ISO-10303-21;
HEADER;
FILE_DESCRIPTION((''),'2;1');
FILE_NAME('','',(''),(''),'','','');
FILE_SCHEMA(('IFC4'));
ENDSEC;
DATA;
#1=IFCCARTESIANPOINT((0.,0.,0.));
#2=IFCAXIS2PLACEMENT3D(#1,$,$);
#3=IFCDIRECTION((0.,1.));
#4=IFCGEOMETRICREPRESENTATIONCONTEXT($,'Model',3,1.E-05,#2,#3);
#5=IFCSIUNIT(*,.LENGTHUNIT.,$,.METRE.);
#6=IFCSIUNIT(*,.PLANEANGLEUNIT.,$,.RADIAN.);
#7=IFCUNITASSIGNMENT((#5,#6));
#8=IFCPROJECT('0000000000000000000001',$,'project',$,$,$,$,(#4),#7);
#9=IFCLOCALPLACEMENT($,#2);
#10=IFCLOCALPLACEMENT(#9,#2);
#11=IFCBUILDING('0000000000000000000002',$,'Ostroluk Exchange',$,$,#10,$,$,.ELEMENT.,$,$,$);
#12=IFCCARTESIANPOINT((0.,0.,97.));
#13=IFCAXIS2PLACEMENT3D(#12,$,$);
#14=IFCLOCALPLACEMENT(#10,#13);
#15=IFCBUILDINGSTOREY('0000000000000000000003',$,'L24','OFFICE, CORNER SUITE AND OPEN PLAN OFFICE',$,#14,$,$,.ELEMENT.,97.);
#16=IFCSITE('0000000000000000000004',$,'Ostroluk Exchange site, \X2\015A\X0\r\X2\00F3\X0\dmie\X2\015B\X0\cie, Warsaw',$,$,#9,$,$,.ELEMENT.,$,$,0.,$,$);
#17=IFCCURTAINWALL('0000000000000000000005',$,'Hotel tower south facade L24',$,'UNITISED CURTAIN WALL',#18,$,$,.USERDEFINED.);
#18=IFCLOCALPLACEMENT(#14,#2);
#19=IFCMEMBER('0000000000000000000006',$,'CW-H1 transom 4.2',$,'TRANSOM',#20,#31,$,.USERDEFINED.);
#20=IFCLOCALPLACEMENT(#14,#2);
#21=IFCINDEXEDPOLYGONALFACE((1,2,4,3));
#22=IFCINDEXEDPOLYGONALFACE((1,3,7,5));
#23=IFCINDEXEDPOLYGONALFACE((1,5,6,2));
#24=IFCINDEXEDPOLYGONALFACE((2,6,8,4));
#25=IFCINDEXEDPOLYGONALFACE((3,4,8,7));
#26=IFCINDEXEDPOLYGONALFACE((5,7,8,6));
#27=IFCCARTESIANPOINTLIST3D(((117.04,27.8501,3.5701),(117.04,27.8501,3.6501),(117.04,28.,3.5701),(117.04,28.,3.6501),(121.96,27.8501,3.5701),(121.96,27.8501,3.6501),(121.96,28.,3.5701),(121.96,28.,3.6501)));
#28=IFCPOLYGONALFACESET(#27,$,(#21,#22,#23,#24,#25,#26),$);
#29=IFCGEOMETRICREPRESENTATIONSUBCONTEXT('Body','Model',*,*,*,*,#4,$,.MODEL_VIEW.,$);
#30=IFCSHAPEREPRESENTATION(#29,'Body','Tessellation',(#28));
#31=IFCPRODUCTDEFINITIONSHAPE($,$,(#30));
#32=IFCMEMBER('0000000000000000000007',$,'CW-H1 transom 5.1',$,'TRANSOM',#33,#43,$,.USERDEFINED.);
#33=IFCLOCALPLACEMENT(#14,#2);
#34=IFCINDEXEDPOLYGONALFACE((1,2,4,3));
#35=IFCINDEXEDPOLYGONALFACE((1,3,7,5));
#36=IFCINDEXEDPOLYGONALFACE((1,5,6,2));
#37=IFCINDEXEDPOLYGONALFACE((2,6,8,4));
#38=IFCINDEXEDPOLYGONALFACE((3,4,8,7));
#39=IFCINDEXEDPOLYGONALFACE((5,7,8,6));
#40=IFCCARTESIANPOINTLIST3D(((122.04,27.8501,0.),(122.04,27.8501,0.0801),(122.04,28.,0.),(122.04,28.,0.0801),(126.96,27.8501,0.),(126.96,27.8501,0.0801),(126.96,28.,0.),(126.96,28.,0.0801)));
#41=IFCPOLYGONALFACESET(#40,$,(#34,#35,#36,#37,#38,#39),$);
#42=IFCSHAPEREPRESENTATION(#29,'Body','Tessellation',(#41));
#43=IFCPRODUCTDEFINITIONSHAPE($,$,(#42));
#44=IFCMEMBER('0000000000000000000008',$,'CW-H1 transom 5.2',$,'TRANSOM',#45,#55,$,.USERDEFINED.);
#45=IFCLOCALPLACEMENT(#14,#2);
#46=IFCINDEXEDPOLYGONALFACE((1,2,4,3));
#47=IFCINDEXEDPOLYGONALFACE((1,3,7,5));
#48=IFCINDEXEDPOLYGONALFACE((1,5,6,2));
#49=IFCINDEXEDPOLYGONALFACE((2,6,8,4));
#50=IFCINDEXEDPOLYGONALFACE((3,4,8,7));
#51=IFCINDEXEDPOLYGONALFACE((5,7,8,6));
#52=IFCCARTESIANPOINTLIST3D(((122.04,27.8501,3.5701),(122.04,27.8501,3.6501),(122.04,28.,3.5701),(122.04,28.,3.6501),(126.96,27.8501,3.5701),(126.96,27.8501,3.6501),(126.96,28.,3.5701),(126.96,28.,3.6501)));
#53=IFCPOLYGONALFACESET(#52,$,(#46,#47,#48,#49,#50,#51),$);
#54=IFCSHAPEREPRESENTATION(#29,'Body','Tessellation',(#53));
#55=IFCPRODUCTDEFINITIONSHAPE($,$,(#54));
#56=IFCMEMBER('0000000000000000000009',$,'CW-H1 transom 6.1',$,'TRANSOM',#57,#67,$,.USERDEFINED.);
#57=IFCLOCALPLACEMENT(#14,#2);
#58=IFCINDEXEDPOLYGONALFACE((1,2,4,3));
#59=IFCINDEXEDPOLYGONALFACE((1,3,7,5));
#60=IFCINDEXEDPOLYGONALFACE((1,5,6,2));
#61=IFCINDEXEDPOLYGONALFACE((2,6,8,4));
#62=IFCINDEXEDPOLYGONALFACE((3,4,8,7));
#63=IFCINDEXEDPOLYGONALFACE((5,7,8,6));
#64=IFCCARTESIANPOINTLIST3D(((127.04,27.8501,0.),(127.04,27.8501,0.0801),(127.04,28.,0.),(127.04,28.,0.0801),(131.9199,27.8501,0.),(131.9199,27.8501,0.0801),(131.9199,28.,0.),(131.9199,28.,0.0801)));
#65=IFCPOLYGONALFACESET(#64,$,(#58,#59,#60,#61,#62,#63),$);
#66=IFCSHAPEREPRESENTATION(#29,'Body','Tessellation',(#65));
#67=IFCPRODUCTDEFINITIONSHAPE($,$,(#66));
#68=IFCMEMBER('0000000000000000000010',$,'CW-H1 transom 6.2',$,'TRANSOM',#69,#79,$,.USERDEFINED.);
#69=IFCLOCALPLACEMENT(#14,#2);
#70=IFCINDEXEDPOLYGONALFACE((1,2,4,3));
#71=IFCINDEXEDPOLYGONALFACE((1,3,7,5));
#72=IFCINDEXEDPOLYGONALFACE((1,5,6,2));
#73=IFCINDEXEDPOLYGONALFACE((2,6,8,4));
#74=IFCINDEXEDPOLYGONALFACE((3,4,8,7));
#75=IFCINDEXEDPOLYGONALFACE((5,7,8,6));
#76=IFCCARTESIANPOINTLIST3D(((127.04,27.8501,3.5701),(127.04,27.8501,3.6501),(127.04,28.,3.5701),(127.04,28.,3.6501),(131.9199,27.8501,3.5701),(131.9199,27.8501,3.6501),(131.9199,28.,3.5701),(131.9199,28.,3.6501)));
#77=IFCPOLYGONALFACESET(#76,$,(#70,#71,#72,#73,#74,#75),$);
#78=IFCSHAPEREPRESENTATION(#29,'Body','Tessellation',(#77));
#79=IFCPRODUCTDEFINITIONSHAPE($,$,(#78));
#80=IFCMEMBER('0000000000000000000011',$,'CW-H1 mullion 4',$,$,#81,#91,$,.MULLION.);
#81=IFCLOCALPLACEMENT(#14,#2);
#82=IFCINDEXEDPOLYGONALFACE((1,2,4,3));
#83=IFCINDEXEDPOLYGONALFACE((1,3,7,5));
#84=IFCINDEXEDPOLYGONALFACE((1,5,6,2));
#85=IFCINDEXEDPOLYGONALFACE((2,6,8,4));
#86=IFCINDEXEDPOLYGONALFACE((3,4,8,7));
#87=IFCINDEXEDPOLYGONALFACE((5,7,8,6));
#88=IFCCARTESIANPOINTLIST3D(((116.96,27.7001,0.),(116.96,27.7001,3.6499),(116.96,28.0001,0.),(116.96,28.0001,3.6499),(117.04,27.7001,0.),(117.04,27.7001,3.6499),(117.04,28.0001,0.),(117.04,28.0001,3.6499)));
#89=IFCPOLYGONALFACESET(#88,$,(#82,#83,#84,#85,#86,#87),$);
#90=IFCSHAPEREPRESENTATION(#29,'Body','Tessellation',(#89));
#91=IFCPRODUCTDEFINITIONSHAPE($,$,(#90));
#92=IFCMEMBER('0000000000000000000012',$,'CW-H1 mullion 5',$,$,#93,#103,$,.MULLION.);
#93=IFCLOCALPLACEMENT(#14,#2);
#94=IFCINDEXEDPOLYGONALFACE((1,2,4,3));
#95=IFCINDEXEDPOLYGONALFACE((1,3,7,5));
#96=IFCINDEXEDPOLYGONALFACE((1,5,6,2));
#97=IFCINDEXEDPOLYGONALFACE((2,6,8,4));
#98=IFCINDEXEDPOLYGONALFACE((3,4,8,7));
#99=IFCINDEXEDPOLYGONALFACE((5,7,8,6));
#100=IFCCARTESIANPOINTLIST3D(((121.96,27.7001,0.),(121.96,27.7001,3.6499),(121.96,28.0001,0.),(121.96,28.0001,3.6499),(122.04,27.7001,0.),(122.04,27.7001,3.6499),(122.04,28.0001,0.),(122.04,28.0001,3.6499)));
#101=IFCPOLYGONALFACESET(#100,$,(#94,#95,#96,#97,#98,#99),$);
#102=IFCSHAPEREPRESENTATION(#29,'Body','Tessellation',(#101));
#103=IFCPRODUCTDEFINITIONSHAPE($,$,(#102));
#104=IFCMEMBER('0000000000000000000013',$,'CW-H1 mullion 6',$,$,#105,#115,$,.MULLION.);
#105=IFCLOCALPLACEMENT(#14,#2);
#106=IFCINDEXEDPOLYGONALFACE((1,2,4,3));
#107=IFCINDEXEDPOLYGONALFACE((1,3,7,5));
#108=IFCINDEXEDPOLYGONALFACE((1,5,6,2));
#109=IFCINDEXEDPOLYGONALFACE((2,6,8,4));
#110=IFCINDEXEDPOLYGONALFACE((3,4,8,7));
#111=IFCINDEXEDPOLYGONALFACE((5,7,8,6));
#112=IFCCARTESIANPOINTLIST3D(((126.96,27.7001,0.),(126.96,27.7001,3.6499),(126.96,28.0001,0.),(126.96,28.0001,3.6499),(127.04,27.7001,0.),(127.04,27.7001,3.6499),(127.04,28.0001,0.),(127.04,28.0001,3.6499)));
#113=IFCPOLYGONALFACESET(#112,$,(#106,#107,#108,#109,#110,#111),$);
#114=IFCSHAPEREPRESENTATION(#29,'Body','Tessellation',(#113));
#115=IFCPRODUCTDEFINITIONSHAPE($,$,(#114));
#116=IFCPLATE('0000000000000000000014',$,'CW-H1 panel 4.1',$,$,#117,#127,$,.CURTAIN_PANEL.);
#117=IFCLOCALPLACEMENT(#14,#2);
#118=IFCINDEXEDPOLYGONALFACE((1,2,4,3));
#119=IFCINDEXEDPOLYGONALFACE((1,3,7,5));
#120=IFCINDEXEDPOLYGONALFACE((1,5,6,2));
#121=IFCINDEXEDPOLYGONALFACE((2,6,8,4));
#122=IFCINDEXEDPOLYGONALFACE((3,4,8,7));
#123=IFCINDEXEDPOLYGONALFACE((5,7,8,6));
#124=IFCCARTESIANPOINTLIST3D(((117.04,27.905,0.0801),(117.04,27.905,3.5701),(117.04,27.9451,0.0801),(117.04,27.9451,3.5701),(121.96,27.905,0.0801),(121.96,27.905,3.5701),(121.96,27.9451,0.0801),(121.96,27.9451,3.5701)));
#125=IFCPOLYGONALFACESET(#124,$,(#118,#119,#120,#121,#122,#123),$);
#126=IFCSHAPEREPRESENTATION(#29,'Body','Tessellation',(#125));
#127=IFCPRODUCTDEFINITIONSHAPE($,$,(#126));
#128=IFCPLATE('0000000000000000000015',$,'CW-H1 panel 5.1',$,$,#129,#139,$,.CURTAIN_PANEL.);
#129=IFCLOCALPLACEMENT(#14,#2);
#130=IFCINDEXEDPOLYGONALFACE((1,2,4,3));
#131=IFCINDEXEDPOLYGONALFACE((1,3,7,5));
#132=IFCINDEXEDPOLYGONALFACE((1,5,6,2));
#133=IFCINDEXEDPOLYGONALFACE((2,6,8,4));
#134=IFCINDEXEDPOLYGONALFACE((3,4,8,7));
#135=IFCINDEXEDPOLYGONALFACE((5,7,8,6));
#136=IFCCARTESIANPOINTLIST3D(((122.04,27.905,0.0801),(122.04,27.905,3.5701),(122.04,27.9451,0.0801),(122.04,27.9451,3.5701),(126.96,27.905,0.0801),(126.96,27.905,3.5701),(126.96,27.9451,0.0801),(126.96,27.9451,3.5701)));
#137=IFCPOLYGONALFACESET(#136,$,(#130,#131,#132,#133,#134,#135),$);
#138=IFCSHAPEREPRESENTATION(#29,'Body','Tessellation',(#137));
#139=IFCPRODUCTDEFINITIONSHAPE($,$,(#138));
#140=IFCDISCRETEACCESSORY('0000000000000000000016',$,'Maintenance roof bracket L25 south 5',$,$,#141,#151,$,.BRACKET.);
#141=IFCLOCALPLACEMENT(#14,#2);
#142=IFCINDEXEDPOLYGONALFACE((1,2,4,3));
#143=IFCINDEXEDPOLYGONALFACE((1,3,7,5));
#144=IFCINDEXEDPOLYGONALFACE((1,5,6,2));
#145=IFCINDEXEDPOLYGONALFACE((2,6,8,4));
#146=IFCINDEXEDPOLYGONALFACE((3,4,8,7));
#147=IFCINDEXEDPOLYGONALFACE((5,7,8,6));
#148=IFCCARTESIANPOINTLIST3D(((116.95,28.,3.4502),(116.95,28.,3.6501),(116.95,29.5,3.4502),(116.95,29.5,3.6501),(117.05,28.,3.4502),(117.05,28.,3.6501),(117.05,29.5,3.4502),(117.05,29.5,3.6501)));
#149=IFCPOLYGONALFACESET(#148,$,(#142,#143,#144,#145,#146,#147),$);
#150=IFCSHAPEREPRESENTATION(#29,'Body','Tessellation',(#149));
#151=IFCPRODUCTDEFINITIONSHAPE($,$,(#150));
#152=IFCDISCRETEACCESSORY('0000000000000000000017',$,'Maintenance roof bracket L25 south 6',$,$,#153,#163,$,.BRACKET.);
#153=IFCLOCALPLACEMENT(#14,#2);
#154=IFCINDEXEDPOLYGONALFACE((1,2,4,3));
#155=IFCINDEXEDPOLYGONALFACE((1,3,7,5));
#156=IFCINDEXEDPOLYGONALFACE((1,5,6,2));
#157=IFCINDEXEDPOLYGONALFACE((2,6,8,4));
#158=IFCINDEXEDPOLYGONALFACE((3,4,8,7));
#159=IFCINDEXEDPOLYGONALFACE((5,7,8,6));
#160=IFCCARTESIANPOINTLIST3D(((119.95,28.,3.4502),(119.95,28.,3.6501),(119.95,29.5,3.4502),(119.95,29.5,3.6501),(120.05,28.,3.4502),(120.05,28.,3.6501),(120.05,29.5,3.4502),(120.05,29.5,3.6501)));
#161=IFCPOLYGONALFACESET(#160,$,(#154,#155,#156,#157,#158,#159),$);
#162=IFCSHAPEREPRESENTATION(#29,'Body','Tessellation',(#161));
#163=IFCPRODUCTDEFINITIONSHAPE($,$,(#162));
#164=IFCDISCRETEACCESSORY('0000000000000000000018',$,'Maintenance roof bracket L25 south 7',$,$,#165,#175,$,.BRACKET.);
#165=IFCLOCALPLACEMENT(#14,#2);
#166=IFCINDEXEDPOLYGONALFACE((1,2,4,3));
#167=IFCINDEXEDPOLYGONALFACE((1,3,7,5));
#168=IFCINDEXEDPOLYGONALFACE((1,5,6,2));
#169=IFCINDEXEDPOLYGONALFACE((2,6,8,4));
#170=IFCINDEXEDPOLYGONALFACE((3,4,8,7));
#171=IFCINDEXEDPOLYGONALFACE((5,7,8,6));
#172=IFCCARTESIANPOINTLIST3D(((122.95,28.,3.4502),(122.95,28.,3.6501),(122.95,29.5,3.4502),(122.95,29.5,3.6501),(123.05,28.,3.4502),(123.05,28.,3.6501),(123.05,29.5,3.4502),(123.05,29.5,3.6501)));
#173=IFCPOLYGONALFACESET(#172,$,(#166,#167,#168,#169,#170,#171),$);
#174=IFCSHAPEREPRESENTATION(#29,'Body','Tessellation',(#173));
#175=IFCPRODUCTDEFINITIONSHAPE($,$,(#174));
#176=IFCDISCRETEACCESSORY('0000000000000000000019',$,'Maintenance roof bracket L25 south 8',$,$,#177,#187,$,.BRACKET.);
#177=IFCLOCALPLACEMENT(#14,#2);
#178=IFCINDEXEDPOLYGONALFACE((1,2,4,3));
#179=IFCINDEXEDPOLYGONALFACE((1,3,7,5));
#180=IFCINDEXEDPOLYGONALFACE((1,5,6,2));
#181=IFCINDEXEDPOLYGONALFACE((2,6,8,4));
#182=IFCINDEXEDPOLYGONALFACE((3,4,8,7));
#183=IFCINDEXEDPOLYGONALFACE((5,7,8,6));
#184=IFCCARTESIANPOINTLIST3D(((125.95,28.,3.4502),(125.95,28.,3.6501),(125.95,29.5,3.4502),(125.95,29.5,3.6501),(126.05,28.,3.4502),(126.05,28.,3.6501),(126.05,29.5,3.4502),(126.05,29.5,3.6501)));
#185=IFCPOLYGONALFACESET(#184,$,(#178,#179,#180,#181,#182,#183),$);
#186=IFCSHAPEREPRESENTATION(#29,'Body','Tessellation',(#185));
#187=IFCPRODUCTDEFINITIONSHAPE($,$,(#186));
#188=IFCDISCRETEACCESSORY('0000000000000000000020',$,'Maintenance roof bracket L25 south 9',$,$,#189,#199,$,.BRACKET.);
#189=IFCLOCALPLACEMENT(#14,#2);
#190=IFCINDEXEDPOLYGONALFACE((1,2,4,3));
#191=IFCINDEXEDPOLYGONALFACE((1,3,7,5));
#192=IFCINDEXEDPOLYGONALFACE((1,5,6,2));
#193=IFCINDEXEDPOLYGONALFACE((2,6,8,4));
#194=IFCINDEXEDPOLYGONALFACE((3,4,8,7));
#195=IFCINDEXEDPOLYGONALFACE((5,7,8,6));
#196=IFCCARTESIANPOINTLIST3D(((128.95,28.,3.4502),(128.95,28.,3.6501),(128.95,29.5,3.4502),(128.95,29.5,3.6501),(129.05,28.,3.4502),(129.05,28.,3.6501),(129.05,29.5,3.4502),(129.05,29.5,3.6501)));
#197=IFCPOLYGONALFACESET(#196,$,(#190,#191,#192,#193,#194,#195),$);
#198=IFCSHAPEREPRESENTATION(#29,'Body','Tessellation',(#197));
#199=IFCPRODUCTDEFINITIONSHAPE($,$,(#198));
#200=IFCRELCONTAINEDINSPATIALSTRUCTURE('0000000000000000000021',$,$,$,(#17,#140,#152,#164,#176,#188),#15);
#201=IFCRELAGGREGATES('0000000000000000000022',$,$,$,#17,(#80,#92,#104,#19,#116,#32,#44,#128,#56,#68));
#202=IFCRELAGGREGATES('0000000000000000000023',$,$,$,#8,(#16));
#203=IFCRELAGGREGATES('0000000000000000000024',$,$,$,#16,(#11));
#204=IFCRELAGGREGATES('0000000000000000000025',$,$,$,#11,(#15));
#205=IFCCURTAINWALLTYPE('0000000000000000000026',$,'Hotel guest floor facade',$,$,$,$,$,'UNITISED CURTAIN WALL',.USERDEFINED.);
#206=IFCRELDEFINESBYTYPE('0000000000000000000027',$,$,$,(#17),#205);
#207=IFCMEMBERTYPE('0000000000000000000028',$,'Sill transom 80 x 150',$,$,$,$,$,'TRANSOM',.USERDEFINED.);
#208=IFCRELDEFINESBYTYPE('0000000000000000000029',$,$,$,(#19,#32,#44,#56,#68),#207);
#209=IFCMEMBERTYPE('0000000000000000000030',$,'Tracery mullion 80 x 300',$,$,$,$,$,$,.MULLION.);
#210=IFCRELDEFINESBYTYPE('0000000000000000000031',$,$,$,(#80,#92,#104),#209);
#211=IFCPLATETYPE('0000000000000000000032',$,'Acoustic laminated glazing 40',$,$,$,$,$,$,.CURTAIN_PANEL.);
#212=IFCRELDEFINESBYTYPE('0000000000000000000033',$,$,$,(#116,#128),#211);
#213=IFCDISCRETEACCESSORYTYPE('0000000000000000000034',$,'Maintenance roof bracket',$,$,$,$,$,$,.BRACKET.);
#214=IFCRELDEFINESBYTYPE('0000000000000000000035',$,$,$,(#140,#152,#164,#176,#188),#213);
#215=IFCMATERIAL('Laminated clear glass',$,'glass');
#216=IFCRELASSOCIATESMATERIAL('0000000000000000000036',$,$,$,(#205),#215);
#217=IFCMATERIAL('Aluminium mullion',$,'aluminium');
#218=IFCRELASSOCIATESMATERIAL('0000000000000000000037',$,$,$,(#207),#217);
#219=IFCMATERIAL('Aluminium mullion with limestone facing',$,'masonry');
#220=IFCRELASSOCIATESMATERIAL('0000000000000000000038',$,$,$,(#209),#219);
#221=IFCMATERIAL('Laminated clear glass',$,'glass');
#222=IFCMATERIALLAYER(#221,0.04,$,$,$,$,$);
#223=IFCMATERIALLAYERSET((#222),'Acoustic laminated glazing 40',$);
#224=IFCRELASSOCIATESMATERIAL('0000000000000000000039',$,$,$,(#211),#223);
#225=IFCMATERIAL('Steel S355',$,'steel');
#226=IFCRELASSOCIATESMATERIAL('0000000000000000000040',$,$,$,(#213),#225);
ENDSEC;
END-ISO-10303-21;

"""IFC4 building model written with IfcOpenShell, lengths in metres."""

from ifc_helpers import new_model, si_unit, direction, frame, origin, origin_2d, place, context, subcontext, project, spatial, rectangle, extrude, material, layer, layer_set, material_profile, profile_set, type_object, element, aggregate, save


model = new_model("IFC4")

# Units and contexts
model_context = context("Model", 3, precision=1e-05, world=origin(), true_north=direction((0.0, 1.0)))
body_context = subcontext(model_context, "Body", "Model", "MODEL_VIEW")
ifc_project = project(units=[si_unit("LENGTHUNIT", "METRE"), si_unit("PLANEANGLEUNIT", "RADIAN")], contexts=[model_context])

# Site, building, storey
site_placement = place(None, origin())
site = spatial("IfcSite", under=ifc_project, at=site_placement, Name="Ostroluk Exchange site, Śródmieście, Warsaw", CompositionType="ELEMENT", RefElevation=0.0)
building_placement = place(site_placement, origin())
building = spatial("IfcBuilding", under=site, at=building_placement, Name="Ostroluk Exchange", CompositionType="ELEMENT")
storey_placement = place(building_placement, frame((0.0, 0.0, 97.0)))
storey = spatial("IfcBuildingStorey", under=building, at=storey_placement, Name="L24", Description="OFFICE, CORNER SUITE AND OPEN PLAN OFFICE", CompositionType="ELEMENT", Elevation=97.0)

# Curtain wall, members, plates
ifc_material_1 = material(Name="Laminated clear glass", Category="glass")
curtain_wall_type = type_object("IfcCurtainWallType", Name="Hotel guest floor facade", ElementType="UNITISED CURTAIN WALL", PredefinedType="USERDEFINED", material=ifc_material_1)
curtain_wall_placement = place(storey_placement, origin())
curtain_wall = element("IfcCurtainWall", 1, at=curtain_wall_placement, inside=storey, type_object=curtain_wall_type, Name="Hotel tower south facade L24", ObjectType="UNITISED CURTAIN WALL", PredefinedType="USERDEFINED")
ifc_material_2 = material(Name="Aluminium mullion", Category="aluminium")
ifc_material_profile_1 = material_profile(ifc_material_2, rectangle(XDim=0.1499, YDim=0.0801, at=origin_2d()), Name="Sill transom 80 x 150")
ifc_profile_set_1 = profile_set([ifc_material_profile_1], Name="Aluminium mullion")
member_type_1 = type_object("IfcMemberType", Name="Sill transom 80 x 150", ElementType="TRANSOM", PredefinedType="USERDEFINED", material=ifc_profile_set_1)
member_1_placement = place(storey_placement, frame((117.04, 27.925, 3.6101), z_axis=(1.0, 0.0, 0.0), x_axis=(0.0, 1.0, 0.0)))
member_1 = element("IfcMember", 2, at=member_1_placement, type_object=member_type_1, Name="CW-H1 transom 4.2", ObjectType="TRANSOM", PredefinedType="USERDEFINED", context=body_context, shape_type="SweptSolid", body=[
    extrude(rectangle(XDim=0.1499, YDim=0.0801, at=origin_2d()), origin(), (0.0, 0.0, 1.0), 4.9199),
])
member_2_placement = place(storey_placement, frame((122.04, 27.925, 0.04), z_axis=(1.0, 0.0, 0.0), x_axis=(0.0, 1.0, 0.0)))
member_2 = element("IfcMember", 3, at=member_2_placement, type_object=member_type_1, Name="CW-H1 transom 5.1", ObjectType="TRANSOM", PredefinedType="USERDEFINED", context=body_context, shape_type="SweptSolid", body=[
    extrude(rectangle(XDim=0.1499, YDim=0.0801, at=origin_2d()), origin(), (0.0, 0.0, 1.0), 4.9199),
])
member_3_placement = place(storey_placement, frame((122.04, 27.925, 3.6101), z_axis=(1.0, 0.0, 0.0), x_axis=(0.0, 1.0, 0.0)))
member_3 = element("IfcMember", 4, at=member_3_placement, type_object=member_type_1, Name="CW-H1 transom 5.2", ObjectType="TRANSOM", PredefinedType="USERDEFINED", context=body_context, shape_type="SweptSolid", body=[
    extrude(rectangle(XDim=0.1499, YDim=0.0801, at=origin_2d()), origin(), (0.0, 0.0, 1.0), 4.9199),
])
member_4_placement = place(storey_placement, frame((127.04, 27.925, 0.04), z_axis=(1.0, 0.0, 0.0), x_axis=(0.0, 1.0, 0.0)))
member_4 = element("IfcMember", 5, at=member_4_placement, type_object=member_type_1, Name="CW-H1 transom 6.1", ObjectType="TRANSOM", PredefinedType="USERDEFINED", context=body_context, shape_type="SweptSolid", body=[
    extrude(rectangle(XDim=0.1499, YDim=0.0801, at=origin_2d()), origin(), (0.0, 0.0, 1.0), 4.8799),
])
member_5_placement = place(storey_placement, frame((127.04, 27.925, 3.6101), z_axis=(1.0, 0.0, 0.0), x_axis=(0.0, 1.0, 0.0)))
member_5 = element("IfcMember", 6, at=member_5_placement, type_object=member_type_1, Name="CW-H1 transom 6.2", ObjectType="TRANSOM", PredefinedType="USERDEFINED", context=body_context, shape_type="SweptSolid", body=[
    extrude(rectangle(XDim=0.1499, YDim=0.0801, at=origin_2d()), origin(), (0.0, 0.0, 1.0), 4.8799),
])
ifc_material_3 = material(Name="Aluminium mullion with limestone facing", Category="masonry")
ifc_material_profile_2 = material_profile(ifc_material_3, rectangle(XDim=0.3, YDim=0.0801, at=origin_2d()), Name="Tracery mullion 80 x 300")
ifc_profile_set_2 = profile_set([ifc_material_profile_2], Name="Aluminium mullion with limestone facing")
member_type_2 = type_object("IfcMemberType", Name="Tracery mullion 80 x 300", PredefinedType="MULLION", material=ifc_profile_set_2)
member_6_placement = place(storey_placement, frame((117.0, 27.8501, 0.0), z_axis=(0.0, 0.0, 1.0), x_axis=(0.0, 1.0, 0.0)))
member_6 = element("IfcMember", 7, at=member_6_placement, type_object=member_type_2, Name="CW-H1 mullion 4", PredefinedType="MULLION", context=body_context, shape_type="SweptSolid", body=[
    extrude(rectangle(XDim=0.3, YDim=0.0801, at=origin_2d()), origin(), (0.0, 0.0, 1.0), 3.6499),
])
member_7_placement = place(storey_placement, frame((122.0, 27.8501, 0.0), z_axis=(0.0, 0.0, 1.0), x_axis=(0.0, 1.0, 0.0)))
member_7 = element("IfcMember", 8, at=member_7_placement, type_object=member_type_2, Name="CW-H1 mullion 5", PredefinedType="MULLION", context=body_context, shape_type="SweptSolid", body=[
    extrude(rectangle(XDim=0.3, YDim=0.0801, at=origin_2d()), origin(), (0.0, 0.0, 1.0), 3.6499),
])
member_8_placement = place(storey_placement, frame((127.0, 27.8501, 0.0), z_axis=(0.0, 0.0, 1.0), x_axis=(0.0, 1.0, 0.0)))
member_8 = element("IfcMember", 9, at=member_8_placement, type_object=member_type_2, Name="CW-H1 mullion 6", PredefinedType="MULLION", context=body_context, shape_type="SweptSolid", body=[
    extrude(rectangle(XDim=0.3, YDim=0.0801, at=origin_2d()), origin(), (0.0, 0.0, 1.0), 3.6499),
])
ifc_material_4 = material(Name="Laminated clear glass", Category="glass")
ifc_layer = layer(ifc_material_4, 0.04)
ifc_layer_set = layer_set([ifc_layer], Name="Acoustic laminated glazing 40")
plate_type = type_object("IfcPlateType", Name="Acoustic laminated glazing 40", PredefinedType="CURTAIN_PANEL", material=ifc_layer_set)
plate_1_placement = place(storey_placement, frame((119.5, 27.925, 0.0801), z_axis=(0.0, 0.0, 1.0), x_axis=(1.0, 0.0, 0.0)))
plate_1 = element("IfcPlate", 10, at=plate_1_placement, type_object=plate_type, Name="CW-H1 panel 4.1", PredefinedType="CURTAIN_PANEL", context=body_context, shape_type="SweptSolid", body=[
    extrude(rectangle(XDim=4.9199, YDim=0.04, at=origin_2d()), origin(), (0.0, 0.0, 1.0), 3.49),
])
plate_2_placement = place(storey_placement, frame((124.5, 27.925, 0.0801), z_axis=(0.0, 0.0, 1.0), x_axis=(1.0, 0.0, 0.0)))
plate_2 = element("IfcPlate", 11, at=plate_2_placement, type_object=plate_type, Name="CW-H1 panel 5.1", PredefinedType="CURTAIN_PANEL", context=body_context, shape_type="SweptSolid", body=[
    extrude(rectangle(XDim=4.9199, YDim=0.04, at=origin_2d()), origin(), (0.0, 0.0, 1.0), 3.49),
])
aggregate(curtain_wall, [member_6, member_7, member_8, member_1, plate_1, member_2, member_3, plate_2, member_4, member_5])

# Discrete accessories
ifc_material_5 = material(Name="Steel S355", Category="steel")
discrete_accessory_type = type_object("IfcDiscreteAccessoryType", Name="Maintenance roof bracket", PredefinedType="BRACKET", material=ifc_material_5)
for number, where, z_axis, x_axis, name in (
    (12, (117.0, 28.75, 3.4502), (0.0, 0.0, 1.0), (1.0, 0.0, 0.0), "Maintenance roof bracket L25 south 5"),
    (13, (120.0, 28.75, 3.4502), (0.0, 0.0, 1.0), (1.0, 0.0, 0.0), "Maintenance roof bracket L25 south 6"),
    (14, (123.0, 28.75, 3.4502), (0.0, 0.0, 1.0), (1.0, 0.0, 0.0), "Maintenance roof bracket L25 south 7"),
    (15, (126.0, 28.75, 3.4502), (0.0, 0.0, 1.0), (1.0, 0.0, 0.0), "Maintenance roof bracket L25 south 8"),
    (16, (129.0, 28.75, 3.4502), (0.0, 0.0, 1.0), (1.0, 0.0, 0.0), "Maintenance roof bracket L25 south 9"),
):
    element("IfcDiscreteAccessory", number, at=place(storey_placement, frame(where, z_axis=z_axis, x_axis=x_axis)), inside=storey, type_object=discrete_accessory_type, Name=name, PredefinedType="BRACKET", context=body_context, shape_type="SweptSolid", body=[
        extrude(rectangle(XDim=0.1001, YDim=1.5, at=origin_2d()), origin(), (0.0, 0.0, 1.0), 0.2),
    ])

save(model, "model.ifc")
